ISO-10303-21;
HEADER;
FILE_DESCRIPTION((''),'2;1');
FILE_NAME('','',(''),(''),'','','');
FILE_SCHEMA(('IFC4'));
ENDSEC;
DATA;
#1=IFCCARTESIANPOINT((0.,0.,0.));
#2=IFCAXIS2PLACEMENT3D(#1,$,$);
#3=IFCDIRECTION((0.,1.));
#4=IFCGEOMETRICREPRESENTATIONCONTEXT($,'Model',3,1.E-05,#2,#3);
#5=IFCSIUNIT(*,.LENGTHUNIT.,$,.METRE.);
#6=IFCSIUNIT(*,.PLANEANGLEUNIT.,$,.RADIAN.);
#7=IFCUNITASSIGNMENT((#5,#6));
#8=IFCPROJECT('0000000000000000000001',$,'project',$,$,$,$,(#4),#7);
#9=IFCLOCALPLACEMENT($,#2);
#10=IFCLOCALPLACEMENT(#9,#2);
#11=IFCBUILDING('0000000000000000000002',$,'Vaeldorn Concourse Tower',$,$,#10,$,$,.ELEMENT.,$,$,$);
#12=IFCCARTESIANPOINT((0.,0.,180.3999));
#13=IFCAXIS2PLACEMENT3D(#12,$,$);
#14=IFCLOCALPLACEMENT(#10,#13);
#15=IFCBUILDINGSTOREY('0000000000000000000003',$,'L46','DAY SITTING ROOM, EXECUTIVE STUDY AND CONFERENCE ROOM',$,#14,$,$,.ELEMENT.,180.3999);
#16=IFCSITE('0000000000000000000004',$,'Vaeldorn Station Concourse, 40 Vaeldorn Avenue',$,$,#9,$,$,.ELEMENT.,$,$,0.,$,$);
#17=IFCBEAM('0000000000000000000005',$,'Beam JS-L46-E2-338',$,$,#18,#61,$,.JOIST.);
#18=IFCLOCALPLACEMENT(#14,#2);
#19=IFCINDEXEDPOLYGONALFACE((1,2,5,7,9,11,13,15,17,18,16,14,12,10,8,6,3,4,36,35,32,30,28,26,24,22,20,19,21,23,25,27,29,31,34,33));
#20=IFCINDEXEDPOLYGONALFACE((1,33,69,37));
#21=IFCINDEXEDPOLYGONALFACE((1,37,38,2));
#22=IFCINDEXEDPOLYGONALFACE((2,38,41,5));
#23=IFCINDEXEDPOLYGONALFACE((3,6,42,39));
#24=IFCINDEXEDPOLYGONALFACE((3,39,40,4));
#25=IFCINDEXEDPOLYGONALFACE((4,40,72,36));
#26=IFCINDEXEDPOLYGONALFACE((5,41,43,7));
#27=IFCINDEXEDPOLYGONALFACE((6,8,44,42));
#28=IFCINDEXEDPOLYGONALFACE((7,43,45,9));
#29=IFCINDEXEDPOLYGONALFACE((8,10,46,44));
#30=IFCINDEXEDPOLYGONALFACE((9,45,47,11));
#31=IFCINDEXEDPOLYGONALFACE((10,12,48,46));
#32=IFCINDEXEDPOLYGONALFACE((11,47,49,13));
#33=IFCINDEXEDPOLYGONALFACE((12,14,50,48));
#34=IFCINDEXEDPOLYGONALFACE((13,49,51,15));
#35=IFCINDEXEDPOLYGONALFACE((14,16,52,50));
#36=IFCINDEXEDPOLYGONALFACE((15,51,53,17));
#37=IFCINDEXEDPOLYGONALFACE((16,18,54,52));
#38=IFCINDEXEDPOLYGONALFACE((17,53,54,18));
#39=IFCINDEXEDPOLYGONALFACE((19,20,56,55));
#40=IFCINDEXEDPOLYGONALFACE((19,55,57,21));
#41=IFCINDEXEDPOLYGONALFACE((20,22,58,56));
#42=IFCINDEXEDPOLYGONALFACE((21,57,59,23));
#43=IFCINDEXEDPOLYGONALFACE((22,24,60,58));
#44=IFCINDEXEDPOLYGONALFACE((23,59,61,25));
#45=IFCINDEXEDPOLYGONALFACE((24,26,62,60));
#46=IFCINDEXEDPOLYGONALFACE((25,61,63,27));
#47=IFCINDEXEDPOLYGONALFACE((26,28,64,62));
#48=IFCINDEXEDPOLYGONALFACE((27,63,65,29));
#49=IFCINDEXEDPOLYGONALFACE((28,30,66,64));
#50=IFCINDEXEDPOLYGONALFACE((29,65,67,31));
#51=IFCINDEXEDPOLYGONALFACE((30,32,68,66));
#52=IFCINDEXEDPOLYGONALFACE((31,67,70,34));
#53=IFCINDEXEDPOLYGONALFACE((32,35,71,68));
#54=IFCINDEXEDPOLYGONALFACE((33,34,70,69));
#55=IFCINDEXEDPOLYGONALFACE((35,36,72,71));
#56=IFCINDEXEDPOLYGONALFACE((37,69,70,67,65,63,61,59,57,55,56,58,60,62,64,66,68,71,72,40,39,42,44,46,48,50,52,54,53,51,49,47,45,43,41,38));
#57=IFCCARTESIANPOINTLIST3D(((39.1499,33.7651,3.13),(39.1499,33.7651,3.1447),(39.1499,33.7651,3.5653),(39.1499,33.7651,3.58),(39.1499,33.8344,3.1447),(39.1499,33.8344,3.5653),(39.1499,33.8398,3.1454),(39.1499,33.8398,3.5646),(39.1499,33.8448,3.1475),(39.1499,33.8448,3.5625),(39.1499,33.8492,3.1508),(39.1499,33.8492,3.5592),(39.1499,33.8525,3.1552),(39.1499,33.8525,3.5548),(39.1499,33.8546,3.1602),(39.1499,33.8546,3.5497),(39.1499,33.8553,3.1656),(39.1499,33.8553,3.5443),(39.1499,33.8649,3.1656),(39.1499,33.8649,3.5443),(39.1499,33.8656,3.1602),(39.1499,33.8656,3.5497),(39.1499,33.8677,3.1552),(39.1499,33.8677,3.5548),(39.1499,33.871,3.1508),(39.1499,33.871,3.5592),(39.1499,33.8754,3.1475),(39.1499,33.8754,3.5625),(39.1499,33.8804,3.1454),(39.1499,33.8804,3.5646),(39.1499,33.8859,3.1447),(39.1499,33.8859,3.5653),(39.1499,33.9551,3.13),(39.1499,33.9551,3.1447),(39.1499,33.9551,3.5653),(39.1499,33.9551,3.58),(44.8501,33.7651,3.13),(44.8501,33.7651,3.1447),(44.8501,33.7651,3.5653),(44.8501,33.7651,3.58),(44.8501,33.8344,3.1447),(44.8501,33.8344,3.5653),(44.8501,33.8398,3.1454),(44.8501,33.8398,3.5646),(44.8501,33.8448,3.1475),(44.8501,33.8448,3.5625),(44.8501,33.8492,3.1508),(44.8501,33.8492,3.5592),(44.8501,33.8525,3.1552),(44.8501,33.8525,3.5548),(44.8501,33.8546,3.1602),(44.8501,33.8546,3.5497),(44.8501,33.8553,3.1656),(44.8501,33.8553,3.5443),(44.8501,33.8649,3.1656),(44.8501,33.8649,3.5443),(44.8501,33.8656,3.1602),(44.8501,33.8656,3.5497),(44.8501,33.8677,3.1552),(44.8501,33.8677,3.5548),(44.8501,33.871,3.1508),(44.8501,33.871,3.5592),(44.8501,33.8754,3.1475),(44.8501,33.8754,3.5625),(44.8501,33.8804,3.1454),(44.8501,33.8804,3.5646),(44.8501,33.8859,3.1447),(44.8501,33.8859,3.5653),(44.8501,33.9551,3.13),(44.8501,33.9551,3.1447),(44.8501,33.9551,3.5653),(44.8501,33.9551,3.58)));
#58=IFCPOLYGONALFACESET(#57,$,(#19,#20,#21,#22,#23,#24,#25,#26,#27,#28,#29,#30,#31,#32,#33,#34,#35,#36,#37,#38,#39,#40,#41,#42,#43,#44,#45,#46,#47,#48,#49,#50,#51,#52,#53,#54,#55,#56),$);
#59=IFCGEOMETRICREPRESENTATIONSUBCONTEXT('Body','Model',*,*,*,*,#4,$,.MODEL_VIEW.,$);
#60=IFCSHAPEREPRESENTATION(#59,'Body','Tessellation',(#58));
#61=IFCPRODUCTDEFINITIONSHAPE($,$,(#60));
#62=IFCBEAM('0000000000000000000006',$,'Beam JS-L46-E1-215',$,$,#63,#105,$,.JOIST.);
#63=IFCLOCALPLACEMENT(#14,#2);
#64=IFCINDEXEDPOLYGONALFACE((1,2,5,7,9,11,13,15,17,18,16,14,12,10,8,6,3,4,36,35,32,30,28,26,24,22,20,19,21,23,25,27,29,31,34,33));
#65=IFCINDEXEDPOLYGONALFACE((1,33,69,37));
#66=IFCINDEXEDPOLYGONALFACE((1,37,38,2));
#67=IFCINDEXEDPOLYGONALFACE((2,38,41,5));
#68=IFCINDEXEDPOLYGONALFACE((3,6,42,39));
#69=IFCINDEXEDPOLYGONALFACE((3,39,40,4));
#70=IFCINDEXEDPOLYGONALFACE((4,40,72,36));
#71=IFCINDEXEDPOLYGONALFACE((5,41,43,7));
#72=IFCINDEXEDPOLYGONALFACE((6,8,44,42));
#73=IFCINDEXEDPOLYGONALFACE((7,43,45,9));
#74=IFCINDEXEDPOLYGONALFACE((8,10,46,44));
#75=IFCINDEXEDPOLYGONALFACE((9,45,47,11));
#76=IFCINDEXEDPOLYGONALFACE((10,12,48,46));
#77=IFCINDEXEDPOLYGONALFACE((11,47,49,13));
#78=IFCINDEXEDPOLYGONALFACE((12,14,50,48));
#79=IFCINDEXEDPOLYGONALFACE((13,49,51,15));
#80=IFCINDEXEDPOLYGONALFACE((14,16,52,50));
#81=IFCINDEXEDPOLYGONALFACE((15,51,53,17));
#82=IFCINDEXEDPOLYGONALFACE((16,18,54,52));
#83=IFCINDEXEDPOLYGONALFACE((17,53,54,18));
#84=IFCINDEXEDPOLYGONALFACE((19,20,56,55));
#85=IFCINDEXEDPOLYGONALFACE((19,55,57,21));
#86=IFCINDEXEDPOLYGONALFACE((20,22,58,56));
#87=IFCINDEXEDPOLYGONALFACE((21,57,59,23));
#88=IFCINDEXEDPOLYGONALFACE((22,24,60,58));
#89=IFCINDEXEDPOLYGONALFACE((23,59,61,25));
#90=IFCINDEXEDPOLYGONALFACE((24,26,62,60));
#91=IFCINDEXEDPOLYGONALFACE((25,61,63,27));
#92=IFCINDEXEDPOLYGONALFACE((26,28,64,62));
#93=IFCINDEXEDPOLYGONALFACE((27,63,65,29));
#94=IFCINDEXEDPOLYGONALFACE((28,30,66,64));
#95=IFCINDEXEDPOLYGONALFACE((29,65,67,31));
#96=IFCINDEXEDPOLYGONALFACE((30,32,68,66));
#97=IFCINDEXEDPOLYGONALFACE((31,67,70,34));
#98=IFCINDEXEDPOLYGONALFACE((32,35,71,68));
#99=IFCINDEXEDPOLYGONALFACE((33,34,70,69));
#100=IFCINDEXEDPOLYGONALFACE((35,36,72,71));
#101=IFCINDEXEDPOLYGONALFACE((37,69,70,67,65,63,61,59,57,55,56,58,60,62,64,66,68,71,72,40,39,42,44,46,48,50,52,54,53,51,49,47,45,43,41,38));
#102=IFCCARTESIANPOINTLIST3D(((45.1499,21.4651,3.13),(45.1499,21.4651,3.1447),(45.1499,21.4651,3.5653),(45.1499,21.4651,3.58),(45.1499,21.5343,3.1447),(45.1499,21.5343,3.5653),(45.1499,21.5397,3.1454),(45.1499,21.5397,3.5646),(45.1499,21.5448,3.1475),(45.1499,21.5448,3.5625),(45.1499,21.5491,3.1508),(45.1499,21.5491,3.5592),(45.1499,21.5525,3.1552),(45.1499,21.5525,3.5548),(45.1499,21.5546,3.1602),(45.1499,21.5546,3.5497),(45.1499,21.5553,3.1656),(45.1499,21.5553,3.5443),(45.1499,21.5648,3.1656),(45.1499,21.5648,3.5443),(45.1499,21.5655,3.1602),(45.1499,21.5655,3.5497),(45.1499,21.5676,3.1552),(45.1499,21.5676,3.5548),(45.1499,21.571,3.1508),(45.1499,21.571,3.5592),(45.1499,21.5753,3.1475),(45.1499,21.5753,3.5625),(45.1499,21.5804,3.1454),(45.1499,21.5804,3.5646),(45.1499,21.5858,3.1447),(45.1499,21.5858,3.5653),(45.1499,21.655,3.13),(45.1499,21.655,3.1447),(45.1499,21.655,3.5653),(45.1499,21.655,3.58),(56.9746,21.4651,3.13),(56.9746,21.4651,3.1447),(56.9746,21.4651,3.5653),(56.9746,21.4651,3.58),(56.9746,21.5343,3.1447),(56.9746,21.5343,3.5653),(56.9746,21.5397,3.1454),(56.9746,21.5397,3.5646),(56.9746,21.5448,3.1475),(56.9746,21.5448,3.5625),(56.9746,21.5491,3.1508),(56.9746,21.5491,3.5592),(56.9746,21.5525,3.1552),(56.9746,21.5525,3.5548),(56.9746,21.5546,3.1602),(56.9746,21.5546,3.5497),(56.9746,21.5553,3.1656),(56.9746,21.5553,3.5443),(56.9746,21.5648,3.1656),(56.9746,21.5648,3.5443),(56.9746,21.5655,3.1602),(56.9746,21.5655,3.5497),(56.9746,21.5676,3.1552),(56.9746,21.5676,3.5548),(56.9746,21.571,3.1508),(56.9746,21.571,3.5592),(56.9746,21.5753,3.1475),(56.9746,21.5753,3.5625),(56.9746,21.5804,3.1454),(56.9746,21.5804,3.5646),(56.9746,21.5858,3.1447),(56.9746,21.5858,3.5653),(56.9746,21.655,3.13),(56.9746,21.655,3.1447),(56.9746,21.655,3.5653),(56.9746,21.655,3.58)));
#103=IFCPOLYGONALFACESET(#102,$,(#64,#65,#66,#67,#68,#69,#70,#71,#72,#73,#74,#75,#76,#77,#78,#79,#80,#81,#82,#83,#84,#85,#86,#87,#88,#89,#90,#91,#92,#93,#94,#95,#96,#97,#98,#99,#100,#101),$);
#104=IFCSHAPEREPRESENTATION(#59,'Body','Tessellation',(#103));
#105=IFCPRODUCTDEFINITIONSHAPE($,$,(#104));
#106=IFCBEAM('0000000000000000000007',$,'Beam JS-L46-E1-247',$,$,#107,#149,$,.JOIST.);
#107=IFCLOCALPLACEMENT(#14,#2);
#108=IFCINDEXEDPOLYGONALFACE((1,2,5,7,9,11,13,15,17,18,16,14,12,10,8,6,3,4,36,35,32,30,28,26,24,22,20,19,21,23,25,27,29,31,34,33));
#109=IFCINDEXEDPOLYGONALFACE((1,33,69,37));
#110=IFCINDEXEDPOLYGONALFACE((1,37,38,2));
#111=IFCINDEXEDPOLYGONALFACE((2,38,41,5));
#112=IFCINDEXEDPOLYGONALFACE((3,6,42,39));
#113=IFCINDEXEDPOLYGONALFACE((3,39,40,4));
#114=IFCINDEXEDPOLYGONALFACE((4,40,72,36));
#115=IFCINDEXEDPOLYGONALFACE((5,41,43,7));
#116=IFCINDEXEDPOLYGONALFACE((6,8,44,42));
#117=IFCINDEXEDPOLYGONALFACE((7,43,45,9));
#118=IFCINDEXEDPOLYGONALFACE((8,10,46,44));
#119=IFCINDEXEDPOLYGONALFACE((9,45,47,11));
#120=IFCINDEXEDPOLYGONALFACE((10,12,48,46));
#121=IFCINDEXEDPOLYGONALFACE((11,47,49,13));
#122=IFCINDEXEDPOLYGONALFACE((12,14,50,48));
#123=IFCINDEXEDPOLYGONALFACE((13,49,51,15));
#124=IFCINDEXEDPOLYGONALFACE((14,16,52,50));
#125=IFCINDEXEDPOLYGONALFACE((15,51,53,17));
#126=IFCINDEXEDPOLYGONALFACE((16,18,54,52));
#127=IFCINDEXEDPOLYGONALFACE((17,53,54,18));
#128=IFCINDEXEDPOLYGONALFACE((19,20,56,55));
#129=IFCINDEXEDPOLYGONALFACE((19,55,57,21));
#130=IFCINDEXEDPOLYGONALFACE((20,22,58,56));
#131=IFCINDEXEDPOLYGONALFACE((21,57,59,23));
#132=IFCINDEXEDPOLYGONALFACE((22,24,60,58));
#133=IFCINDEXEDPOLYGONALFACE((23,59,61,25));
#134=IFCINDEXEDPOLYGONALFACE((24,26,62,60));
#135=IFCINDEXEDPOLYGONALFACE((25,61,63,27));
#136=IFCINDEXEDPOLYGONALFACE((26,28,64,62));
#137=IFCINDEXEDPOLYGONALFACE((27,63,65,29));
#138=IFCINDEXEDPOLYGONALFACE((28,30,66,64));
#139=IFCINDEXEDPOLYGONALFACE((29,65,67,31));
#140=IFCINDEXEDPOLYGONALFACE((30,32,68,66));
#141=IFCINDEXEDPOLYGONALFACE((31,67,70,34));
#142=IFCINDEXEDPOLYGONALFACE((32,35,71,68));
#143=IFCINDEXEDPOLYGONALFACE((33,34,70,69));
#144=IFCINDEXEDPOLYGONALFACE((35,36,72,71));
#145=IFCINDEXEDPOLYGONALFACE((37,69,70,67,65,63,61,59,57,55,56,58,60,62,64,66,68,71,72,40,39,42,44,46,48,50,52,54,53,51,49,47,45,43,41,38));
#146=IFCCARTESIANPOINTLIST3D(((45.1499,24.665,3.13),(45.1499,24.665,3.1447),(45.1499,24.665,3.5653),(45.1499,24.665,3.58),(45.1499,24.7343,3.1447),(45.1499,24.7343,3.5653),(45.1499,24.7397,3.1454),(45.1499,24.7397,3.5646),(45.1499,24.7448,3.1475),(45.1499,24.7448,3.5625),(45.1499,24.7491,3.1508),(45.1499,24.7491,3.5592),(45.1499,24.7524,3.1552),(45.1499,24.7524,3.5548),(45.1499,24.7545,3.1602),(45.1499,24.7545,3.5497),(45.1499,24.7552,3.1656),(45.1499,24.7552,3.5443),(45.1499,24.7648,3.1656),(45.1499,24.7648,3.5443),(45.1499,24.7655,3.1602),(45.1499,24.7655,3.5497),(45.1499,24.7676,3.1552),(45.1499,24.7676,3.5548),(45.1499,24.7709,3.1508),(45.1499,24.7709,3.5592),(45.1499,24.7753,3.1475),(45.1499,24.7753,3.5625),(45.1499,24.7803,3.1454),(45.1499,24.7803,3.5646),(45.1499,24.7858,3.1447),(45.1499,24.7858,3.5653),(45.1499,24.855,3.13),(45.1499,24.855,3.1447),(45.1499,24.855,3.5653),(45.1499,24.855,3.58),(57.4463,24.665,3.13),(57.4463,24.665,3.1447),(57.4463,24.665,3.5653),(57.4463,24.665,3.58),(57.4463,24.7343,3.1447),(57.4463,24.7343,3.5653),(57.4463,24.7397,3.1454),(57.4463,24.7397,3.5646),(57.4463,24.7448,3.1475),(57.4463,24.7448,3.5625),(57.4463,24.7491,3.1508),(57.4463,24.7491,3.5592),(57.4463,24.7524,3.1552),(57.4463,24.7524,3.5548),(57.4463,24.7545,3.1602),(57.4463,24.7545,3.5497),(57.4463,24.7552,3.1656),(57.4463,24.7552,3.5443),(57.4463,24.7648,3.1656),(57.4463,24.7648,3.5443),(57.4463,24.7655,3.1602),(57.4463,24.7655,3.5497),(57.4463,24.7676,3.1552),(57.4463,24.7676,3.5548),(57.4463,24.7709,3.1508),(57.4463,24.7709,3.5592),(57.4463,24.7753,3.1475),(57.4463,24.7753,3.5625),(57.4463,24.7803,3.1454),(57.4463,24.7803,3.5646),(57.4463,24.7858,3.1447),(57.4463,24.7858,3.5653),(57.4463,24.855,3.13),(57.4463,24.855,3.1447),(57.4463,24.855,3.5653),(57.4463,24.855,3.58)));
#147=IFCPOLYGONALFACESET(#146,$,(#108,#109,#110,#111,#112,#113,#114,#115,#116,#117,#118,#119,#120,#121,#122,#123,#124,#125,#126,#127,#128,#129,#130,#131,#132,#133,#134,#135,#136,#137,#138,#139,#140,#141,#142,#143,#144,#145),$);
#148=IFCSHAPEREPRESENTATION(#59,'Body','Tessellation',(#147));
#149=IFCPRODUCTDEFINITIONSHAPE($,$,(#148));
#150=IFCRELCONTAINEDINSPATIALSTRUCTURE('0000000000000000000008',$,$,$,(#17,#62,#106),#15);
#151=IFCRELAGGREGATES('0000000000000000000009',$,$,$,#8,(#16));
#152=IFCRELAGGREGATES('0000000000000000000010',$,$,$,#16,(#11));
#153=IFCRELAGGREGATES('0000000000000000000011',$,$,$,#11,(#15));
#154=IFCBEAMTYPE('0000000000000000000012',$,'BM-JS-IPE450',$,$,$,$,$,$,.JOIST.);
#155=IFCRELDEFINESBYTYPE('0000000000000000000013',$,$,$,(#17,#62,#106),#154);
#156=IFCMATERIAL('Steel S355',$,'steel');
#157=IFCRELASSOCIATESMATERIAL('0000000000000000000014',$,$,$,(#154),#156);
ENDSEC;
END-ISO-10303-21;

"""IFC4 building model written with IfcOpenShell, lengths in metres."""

from ifc_helpers import new_model, si_unit, direction, frame, origin, origin_2d, place, context, subcontext, project, spatial, i_section, extrude, source, transform, mapped, material, material_profile, profile_set, type_object, element, save


model = new_model("IFC4")

# Units and contexts
model_context = context("Model", 3, precision=1e-05, world=origin(), true_north=direction((0.0, 1.0)))
body_context = subcontext(model_context, "Body", "Model", "MODEL_VIEW")
ifc_project = project(units=[si_unit("LENGTHUNIT", "METRE"), si_unit("PLANEANGLEUNIT", "RADIAN")], contexts=[model_context])

# Site, building, storey
site_placement = place(None, origin())
site = spatial("IfcSite", under=ifc_project, at=site_placement, Name="Vaeldorn Station Concourse, 40 Vaeldorn Avenue", CompositionType="ELEMENT", RefElevation=0.0)
building_placement = place(site_placement, origin())
building = spatial("IfcBuilding", under=site, at=building_placement, Name="Vaeldorn Concourse Tower", CompositionType="ELEMENT")
storey_placement = place(building_placement, frame((0.0, 0.0, 180.3999)))
storey = spatial("IfcBuildingStorey", under=building, at=storey_placement, Name="L46", Description="DAY SITTING ROOM, EXECUTIVE STUDY AND CONFERENCE ROOM", CompositionType="ELEMENT", Elevation=180.3999)

# Shared definitions
ifc_material_1 = material(Name="Steel S355", Category="steel")

# Beams
ifc_material_profile_1 = material_profile(ifc_material_1, i_section(OverallWidth=0.1899, OverallDepth=0.45, WebThickness=0.0095, FlangeThickness=0.0146, FilletRadius=0.021, at=origin_2d()), Name="IPE 450")
ifc_profile_set_1 = profile_set([ifc_material_profile_1], Name="Steel S355")
beam_type_1 = type_object("IfcBeamType", Name="BM-JS-IPE450", PredefinedType="JOIST", material=ifc_profile_set_1)
shared_shape_1 = source(origin(), body_context, "Body", "SweptSolid", [
    extrude(i_section(OverallWidth=0.1899, OverallDepth=0.45, WebThickness=0.0095, FlangeThickness=0.0146, FilletRadius=0.021, at=origin_2d()), origin(), (0.0, 0.0, 1.0), 5.7002),
])
for number, where, z_axis, x_axis, name in (
    (1, (39.1499, 33.8601, 3.355), (1.0, 0.0, 0.0), (0.0, 1.0, 0.0), "Beam JS-L46-E2-338"),
):
    element("IfcBeam", number, at=place(storey_placement, frame(where, z_axis=z_axis, x_axis=x_axis)), inside=storey, type_object=beam_type_1, Name=name, PredefinedType="JOIST", context=body_context, shape_type="MappedRepresentation", body=[
        mapped(shared_shape_1, transform((0.0, 0.0, 0.0), scale=1.0)),
    ])
shared_shape_2 = source(origin(), body_context, "Body", "SweptSolid", [
    extrude(i_section(OverallWidth=0.1899, OverallDepth=0.45, WebThickness=0.0095, FlangeThickness=0.0146, FilletRadius=0.021, at=origin_2d()), origin(), (0.0, 0.0, 1.0), 11.8247),
])
beam_1_placement = place(storey_placement, frame((45.1499, 21.5601, 3.355), z_axis=(1.0, 0.0, 0.0), x_axis=(0.0, 1.0, 0.0)))
element("IfcBeam", 2, at=beam_1_placement, inside=storey, type_object=beam_type_1, Name="Beam JS-L46-E1-215", PredefinedType="JOIST", context=body_context, shape_type="MappedRepresentation", body=[
    mapped(shared_shape_2, transform((0.0, 0.0, 0.0), scale=1.0)),
])
shared_shape_3 = source(origin(), body_context, "Body", "SweptSolid", [
    extrude(i_section(OverallWidth=0.1899, OverallDepth=0.45, WebThickness=0.0095, FlangeThickness=0.0146, FilletRadius=0.021, at=origin_2d()), origin(), (0.0, 0.0, 1.0), 12.2964),
])
beam_2_placement = place(storey_placement, frame((45.1499, 24.76, 3.355), z_axis=(1.0, 0.0, 0.0), x_axis=(0.0, 1.0, 0.0)))
element("IfcBeam", 3, at=beam_2_placement, inside=storey, type_object=beam_type_1, Name="Beam JS-L46-E1-247", PredefinedType="JOIST", context=body_context, shape_type="MappedRepresentation", body=[
    mapped(shared_shape_3, transform((0.0, 0.0, 0.0), scale=1.0)),
])

save(model, "model.ifc")
